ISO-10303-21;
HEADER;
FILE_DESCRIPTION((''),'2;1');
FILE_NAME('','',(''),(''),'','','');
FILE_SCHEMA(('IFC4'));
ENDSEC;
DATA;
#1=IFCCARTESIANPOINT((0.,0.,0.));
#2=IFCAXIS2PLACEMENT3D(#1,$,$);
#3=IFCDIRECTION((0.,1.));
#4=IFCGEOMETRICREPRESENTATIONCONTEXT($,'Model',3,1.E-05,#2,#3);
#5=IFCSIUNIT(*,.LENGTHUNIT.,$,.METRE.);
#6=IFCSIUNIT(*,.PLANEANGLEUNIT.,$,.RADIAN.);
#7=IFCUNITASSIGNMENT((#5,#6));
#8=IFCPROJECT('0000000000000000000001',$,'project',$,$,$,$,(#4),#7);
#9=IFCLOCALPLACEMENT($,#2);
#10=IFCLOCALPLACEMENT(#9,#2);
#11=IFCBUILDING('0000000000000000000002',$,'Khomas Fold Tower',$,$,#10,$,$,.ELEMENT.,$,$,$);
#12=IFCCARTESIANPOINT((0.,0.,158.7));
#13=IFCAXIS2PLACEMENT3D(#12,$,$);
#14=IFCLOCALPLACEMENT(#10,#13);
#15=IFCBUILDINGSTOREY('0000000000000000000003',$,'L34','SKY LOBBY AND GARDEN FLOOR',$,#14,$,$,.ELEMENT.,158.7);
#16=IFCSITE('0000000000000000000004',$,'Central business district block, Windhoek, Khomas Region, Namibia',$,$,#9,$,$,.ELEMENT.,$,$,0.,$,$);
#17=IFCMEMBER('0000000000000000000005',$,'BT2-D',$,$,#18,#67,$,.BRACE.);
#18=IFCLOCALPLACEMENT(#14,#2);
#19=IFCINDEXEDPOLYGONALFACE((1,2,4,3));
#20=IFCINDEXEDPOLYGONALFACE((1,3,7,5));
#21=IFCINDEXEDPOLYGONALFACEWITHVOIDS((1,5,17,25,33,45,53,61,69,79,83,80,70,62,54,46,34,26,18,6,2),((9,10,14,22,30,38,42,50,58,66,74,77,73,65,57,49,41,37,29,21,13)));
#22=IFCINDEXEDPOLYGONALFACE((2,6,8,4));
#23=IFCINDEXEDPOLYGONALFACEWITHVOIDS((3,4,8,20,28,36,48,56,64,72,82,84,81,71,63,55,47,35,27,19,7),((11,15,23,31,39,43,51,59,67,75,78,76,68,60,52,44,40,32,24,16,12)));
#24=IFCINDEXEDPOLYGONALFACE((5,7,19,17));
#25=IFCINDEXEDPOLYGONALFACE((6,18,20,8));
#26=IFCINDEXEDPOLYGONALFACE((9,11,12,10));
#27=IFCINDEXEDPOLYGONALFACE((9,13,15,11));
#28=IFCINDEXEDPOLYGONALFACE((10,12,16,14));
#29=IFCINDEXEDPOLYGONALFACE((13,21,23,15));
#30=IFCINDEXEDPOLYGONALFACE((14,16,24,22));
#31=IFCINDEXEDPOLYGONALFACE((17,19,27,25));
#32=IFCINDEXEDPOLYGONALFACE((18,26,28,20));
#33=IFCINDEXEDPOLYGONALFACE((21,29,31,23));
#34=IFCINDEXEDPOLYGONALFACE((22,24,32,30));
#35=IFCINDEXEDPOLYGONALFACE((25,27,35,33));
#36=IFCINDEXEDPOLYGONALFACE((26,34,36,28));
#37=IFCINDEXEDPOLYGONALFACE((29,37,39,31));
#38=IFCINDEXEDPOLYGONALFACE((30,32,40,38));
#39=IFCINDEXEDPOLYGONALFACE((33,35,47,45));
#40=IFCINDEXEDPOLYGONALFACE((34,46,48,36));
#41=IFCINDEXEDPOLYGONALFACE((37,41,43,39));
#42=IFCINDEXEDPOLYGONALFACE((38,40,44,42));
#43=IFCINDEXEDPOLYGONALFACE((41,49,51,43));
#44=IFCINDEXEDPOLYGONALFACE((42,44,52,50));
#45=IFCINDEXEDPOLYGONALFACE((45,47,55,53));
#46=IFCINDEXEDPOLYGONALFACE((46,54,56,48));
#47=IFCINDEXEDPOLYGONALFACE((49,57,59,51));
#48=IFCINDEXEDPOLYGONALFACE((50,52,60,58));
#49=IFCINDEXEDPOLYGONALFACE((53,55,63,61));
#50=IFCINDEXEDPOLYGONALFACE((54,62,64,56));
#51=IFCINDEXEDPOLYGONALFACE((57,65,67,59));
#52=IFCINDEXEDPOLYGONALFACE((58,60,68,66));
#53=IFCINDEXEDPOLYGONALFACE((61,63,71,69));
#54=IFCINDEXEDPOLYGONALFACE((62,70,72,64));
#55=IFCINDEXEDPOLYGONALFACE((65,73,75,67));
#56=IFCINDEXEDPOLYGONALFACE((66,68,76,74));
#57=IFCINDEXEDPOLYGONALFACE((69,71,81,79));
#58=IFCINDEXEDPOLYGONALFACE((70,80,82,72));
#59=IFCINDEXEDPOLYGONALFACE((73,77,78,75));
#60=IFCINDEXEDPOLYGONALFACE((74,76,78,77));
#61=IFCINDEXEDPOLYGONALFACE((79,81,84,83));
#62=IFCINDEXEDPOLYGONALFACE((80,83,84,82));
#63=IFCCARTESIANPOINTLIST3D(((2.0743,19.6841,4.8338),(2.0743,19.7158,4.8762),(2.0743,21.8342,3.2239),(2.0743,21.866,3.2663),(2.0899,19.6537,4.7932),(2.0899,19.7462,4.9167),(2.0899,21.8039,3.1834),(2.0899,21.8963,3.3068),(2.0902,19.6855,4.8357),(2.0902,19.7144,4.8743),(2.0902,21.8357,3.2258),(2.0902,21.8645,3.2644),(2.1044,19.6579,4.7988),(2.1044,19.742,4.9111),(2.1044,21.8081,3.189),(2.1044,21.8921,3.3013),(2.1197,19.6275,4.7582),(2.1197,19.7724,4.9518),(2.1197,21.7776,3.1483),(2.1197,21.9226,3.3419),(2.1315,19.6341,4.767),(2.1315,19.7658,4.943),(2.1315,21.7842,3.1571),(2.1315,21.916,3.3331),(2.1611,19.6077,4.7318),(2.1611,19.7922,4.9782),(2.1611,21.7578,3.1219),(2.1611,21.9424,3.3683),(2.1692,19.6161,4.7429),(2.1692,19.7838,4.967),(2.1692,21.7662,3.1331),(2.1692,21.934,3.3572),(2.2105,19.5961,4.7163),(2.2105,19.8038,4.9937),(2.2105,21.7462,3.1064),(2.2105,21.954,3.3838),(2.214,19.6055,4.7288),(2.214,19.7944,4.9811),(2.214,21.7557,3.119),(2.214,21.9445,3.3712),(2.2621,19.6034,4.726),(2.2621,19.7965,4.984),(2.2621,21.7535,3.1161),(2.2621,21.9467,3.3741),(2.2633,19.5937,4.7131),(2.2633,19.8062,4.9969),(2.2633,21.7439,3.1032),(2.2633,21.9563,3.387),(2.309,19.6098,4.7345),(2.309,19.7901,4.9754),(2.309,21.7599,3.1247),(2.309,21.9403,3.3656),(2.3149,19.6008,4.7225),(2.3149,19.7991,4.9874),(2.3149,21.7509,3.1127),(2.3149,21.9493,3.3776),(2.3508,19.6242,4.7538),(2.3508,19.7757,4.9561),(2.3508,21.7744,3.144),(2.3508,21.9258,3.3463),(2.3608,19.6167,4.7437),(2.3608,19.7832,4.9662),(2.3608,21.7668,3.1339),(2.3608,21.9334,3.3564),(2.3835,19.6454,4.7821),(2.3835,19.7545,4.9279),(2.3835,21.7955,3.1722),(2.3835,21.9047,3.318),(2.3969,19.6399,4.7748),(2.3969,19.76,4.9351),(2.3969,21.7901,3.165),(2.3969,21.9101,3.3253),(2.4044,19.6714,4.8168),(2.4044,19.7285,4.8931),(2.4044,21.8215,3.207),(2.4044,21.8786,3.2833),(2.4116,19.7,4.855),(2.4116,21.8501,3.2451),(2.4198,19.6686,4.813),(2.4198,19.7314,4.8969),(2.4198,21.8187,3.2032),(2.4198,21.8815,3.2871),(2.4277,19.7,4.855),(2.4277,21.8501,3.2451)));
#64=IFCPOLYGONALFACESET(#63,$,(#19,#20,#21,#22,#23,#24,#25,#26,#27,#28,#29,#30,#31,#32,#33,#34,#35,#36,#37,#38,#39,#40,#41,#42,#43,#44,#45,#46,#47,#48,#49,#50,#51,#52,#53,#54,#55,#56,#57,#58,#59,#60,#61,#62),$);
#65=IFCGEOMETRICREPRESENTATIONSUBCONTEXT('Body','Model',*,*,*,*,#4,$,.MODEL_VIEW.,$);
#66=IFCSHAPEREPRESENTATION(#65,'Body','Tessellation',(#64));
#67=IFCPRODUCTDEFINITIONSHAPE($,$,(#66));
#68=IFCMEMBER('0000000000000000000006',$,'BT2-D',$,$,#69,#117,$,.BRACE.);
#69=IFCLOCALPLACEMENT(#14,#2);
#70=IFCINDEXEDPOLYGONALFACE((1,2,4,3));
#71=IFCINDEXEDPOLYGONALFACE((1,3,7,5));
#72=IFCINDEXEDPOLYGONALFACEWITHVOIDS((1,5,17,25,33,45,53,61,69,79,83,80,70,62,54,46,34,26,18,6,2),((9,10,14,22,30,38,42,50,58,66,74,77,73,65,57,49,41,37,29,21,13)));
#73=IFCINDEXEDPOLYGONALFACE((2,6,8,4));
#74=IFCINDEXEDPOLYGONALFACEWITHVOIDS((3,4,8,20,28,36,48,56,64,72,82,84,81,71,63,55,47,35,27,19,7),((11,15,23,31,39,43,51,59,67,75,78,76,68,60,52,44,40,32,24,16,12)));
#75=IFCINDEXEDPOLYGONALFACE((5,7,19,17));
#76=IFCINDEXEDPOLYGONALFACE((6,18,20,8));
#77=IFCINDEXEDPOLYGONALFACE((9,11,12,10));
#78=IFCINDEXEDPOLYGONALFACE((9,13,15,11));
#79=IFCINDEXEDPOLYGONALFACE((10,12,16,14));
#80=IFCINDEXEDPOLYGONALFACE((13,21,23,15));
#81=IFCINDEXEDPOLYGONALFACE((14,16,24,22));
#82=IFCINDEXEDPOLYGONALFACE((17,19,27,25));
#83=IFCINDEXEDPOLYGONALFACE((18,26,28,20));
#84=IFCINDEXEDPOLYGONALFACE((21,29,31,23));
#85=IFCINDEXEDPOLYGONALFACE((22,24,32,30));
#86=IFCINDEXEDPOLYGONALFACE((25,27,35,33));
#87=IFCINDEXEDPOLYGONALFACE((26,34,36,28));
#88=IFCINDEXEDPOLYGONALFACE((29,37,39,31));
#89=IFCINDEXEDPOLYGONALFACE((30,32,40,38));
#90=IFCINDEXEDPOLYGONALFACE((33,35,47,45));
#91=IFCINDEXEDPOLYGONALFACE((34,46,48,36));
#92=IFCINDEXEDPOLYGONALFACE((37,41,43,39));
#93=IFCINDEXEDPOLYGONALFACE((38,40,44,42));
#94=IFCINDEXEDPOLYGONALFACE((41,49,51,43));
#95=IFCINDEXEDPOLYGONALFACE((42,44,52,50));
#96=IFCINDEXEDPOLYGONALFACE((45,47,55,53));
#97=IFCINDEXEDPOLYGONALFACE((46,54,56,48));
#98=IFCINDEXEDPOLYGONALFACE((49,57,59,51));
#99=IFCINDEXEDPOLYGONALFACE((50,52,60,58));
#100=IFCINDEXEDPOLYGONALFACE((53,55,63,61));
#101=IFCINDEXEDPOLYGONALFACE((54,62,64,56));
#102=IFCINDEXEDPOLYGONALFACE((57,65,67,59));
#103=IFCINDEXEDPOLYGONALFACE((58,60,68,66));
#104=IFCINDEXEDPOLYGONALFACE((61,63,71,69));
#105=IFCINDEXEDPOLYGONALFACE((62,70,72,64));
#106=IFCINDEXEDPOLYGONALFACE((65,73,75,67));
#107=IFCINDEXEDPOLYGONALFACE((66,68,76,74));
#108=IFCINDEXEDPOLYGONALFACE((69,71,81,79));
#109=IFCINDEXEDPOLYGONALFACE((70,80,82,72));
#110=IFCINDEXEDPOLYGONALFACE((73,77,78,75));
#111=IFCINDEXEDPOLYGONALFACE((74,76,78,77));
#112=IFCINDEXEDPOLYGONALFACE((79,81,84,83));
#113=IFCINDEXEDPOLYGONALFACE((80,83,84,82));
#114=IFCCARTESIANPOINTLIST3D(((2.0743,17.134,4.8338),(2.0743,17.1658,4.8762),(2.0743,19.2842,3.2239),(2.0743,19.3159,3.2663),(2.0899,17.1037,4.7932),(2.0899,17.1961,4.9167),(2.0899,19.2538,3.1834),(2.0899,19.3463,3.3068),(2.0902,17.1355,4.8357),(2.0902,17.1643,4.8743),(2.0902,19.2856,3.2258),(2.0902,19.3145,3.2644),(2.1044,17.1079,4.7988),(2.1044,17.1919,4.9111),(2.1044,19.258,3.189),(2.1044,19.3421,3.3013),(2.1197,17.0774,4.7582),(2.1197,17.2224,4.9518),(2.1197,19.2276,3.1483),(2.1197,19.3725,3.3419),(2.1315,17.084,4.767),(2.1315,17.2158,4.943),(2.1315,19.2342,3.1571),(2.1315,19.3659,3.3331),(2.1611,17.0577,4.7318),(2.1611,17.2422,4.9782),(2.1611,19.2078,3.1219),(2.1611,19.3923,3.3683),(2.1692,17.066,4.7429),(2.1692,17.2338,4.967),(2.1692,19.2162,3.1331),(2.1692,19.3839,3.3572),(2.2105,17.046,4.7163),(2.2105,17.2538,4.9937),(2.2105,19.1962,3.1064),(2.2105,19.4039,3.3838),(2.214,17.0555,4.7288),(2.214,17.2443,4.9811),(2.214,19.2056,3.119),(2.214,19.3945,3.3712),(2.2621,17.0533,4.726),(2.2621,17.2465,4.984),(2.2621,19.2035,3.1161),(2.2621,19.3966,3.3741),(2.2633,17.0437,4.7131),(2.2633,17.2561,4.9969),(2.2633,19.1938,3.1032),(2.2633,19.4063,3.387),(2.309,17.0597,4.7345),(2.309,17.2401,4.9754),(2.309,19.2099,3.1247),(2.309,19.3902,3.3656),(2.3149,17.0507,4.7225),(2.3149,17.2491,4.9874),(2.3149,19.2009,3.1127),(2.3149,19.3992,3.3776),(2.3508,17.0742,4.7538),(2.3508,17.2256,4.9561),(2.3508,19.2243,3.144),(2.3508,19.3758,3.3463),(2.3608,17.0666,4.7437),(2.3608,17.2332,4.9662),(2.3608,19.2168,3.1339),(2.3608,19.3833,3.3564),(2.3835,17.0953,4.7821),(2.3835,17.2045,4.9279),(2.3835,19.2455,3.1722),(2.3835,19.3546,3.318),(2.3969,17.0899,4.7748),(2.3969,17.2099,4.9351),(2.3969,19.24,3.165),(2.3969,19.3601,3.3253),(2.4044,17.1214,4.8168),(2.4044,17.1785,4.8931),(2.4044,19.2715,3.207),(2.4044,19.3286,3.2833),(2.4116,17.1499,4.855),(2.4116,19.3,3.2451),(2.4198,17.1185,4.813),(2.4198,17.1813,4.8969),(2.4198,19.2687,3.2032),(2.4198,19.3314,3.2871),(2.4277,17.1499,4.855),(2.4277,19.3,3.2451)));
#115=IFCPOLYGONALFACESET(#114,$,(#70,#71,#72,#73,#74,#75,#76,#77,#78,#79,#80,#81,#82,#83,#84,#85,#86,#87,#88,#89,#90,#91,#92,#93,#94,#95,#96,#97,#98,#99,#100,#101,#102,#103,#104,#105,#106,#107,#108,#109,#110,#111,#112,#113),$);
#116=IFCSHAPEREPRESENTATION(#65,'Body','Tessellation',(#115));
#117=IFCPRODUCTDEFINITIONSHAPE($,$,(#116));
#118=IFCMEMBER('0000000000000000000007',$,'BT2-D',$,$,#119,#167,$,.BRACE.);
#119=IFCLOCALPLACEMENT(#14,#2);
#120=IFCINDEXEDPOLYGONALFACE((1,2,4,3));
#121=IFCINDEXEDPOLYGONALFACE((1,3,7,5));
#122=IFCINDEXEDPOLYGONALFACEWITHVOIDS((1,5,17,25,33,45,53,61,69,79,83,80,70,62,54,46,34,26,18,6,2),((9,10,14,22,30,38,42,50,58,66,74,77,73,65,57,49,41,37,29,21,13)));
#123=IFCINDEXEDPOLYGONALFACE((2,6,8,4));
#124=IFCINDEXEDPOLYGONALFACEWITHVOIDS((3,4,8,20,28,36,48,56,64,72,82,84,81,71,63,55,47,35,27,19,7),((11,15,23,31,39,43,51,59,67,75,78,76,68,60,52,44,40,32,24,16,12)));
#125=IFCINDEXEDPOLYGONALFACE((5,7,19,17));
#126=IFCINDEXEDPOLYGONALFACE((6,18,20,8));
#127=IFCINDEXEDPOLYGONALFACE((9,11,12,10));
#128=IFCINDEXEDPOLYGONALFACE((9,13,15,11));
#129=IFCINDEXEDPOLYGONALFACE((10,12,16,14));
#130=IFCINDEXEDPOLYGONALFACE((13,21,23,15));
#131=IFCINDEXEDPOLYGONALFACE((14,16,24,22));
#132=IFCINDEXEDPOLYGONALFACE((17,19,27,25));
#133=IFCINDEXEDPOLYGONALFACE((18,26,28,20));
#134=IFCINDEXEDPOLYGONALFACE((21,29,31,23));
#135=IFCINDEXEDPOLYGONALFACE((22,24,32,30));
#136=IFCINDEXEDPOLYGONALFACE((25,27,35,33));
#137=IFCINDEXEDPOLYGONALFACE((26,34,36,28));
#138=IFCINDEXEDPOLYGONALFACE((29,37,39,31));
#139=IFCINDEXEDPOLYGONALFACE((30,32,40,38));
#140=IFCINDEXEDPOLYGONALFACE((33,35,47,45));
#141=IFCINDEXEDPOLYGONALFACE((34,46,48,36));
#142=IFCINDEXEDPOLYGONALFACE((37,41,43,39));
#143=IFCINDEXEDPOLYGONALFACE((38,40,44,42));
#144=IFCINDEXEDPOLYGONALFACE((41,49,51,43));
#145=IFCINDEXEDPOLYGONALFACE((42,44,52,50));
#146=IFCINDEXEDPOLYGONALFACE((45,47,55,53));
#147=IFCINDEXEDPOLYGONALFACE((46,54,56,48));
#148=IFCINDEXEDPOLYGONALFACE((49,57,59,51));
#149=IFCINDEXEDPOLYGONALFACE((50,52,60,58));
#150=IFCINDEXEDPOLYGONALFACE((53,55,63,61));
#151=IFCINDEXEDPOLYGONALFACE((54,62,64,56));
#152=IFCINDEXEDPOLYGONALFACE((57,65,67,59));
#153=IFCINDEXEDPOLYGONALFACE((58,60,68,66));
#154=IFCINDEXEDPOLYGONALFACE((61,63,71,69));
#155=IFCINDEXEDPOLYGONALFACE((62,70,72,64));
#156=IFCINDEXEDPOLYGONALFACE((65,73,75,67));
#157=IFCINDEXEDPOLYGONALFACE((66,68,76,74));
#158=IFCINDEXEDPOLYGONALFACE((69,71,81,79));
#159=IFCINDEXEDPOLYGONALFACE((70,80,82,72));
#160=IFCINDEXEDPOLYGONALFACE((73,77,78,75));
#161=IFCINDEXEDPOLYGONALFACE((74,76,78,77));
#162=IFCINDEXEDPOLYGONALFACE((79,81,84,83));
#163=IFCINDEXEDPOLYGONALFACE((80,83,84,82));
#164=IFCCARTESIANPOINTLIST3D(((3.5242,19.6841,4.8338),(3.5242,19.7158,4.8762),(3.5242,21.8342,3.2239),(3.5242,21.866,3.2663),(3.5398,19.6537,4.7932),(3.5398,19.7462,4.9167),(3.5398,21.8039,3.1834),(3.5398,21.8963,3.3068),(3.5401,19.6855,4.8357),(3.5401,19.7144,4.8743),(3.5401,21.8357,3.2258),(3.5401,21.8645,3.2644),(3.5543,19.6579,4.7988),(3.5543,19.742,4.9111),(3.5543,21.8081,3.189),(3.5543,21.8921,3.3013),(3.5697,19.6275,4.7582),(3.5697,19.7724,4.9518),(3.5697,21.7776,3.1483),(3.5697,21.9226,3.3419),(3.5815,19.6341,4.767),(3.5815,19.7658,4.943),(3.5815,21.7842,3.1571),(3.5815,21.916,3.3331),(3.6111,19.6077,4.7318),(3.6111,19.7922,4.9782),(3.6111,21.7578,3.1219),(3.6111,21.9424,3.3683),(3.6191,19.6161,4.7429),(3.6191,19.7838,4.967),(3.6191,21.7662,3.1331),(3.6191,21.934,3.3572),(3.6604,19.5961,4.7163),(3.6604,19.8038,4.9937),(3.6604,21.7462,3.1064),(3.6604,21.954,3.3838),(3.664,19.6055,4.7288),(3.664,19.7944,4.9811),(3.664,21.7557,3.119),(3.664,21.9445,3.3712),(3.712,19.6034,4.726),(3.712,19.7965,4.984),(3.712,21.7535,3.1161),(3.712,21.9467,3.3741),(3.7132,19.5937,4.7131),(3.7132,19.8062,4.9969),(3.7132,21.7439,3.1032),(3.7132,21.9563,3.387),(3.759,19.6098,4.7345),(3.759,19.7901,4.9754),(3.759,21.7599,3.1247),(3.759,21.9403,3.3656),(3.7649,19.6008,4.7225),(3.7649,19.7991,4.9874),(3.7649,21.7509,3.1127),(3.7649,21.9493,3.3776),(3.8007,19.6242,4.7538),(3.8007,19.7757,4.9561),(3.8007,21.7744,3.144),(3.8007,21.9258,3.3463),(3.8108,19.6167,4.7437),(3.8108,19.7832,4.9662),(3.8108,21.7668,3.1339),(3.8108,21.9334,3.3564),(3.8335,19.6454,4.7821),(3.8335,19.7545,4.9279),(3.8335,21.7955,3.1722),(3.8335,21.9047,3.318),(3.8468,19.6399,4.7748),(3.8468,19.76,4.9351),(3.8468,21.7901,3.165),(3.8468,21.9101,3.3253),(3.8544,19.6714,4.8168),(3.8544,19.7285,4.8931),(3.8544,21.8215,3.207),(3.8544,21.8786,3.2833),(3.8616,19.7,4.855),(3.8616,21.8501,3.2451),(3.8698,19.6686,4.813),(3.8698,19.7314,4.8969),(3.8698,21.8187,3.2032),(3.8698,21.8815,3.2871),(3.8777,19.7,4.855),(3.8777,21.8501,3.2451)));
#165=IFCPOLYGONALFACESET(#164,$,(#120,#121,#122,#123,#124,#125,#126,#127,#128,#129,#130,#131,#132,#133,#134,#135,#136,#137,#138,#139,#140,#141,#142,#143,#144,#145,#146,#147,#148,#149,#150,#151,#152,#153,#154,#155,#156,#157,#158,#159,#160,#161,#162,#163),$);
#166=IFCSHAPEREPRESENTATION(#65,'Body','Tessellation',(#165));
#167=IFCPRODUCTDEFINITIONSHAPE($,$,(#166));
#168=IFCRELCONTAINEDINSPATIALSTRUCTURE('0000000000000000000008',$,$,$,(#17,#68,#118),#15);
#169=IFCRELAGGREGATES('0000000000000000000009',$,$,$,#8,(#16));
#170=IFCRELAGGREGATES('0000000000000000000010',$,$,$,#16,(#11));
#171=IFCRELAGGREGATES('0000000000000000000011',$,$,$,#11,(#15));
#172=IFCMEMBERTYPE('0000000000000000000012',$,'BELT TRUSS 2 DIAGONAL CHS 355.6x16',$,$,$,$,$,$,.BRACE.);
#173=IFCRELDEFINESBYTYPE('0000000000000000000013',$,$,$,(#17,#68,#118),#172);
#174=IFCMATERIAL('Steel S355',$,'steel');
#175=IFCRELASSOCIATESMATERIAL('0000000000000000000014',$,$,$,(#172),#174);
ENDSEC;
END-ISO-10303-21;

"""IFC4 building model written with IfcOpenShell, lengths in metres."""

from ifc_helpers import new_model, si_unit, direction, frame, origin, origin_2d, place, context, subcontext, project, spatial, hollow_circle, extrude, source, transform, mapped, material, material_profile, profile_set, type_object, element, save


model = new_model("IFC4")

# Units and contexts
model_context = context("Model", 3, precision=1e-05, world=origin(), true_north=direction((0.0, 1.0)))
body_context = subcontext(model_context, "Body", "Model", "MODEL_VIEW")
ifc_project = project(units=[si_unit("LENGTHUNIT", "METRE"), si_unit("PLANEANGLEUNIT", "RADIAN")], contexts=[model_context])

# Site, building, storey
site_placement = place(None, origin())
site = spatial("IfcSite", under=ifc_project, at=site_placement, Name="Central business district block, Windhoek, Khomas Region, Namibia", CompositionType="ELEMENT", RefElevation=0.0)
building_placement = place(site_placement, origin())
building = spatial("IfcBuilding", under=site, at=building_placement, Name="Khomas Fold Tower", CompositionType="ELEMENT")
storey_placement = place(building_placement, frame((0.0, 0.0, 158.7)))
storey = spatial("IfcBuildingStorey", under=building, at=storey_placement, Name="L34", Description="SKY LOBBY AND GARDEN FLOOR", CompositionType="ELEMENT", Elevation=158.7)

# Members
ifc_material_1 = material(Name="Steel S355", Category="steel")
ifc_material_profile_1 = material_profile(ifc_material_1, hollow_circle(Radius=0.1777, WallThickness=0.0161, at=origin_2d()), Name="CHS 355.6x16")
ifc_profile_set_1 = profile_set([ifc_material_profile_1], Name="Steel S355")
member_type_1 = type_object("IfcMemberType", Name="BELT TRUSS 2 DIAGONAL CHS 355.6x16", PredefinedType="BRACE", material=ifc_profile_set_1)
shared_shape_1 = source(origin(), body_context, "Body", "SweptSolid", [
    extrude(hollow_circle(Radius=0.1777, WallThickness=0.0161, at=origin_2d()), origin(), (0.0, 0.0, 1.0), 2.686),
])
for number, where, z_axis, x_axis, name in (
    (1, (2.25, 21.8501, 3.2451), (0.0, -0.800491, 0.599345), (1.0, 0.0, 0.0), "BT2-D"),
    (2, (2.25, 19.3, 3.2451), (0.0, -0.800491, 0.599345), (1.0, 0.0, 0.0), "BT2-D"),
    (3, (3.7, 21.8501, 3.2451), (0.0, -0.800491, 0.599345), (1.0, 0.0, 0.0), "BT2-D"),
):
    element("IfcMember", number, at=place(storey_placement, frame(where, z_axis=z_axis, x_axis=x_axis)), inside=storey, type_object=member_type_1, Name=name, PredefinedType="BRACE", context=body_context, shape_type="MappedRepresentation", body=[
        mapped(shared_shape_1, transform((0.0, 0.0, 0.0))),
    ])

save(model, "model.ifc")
